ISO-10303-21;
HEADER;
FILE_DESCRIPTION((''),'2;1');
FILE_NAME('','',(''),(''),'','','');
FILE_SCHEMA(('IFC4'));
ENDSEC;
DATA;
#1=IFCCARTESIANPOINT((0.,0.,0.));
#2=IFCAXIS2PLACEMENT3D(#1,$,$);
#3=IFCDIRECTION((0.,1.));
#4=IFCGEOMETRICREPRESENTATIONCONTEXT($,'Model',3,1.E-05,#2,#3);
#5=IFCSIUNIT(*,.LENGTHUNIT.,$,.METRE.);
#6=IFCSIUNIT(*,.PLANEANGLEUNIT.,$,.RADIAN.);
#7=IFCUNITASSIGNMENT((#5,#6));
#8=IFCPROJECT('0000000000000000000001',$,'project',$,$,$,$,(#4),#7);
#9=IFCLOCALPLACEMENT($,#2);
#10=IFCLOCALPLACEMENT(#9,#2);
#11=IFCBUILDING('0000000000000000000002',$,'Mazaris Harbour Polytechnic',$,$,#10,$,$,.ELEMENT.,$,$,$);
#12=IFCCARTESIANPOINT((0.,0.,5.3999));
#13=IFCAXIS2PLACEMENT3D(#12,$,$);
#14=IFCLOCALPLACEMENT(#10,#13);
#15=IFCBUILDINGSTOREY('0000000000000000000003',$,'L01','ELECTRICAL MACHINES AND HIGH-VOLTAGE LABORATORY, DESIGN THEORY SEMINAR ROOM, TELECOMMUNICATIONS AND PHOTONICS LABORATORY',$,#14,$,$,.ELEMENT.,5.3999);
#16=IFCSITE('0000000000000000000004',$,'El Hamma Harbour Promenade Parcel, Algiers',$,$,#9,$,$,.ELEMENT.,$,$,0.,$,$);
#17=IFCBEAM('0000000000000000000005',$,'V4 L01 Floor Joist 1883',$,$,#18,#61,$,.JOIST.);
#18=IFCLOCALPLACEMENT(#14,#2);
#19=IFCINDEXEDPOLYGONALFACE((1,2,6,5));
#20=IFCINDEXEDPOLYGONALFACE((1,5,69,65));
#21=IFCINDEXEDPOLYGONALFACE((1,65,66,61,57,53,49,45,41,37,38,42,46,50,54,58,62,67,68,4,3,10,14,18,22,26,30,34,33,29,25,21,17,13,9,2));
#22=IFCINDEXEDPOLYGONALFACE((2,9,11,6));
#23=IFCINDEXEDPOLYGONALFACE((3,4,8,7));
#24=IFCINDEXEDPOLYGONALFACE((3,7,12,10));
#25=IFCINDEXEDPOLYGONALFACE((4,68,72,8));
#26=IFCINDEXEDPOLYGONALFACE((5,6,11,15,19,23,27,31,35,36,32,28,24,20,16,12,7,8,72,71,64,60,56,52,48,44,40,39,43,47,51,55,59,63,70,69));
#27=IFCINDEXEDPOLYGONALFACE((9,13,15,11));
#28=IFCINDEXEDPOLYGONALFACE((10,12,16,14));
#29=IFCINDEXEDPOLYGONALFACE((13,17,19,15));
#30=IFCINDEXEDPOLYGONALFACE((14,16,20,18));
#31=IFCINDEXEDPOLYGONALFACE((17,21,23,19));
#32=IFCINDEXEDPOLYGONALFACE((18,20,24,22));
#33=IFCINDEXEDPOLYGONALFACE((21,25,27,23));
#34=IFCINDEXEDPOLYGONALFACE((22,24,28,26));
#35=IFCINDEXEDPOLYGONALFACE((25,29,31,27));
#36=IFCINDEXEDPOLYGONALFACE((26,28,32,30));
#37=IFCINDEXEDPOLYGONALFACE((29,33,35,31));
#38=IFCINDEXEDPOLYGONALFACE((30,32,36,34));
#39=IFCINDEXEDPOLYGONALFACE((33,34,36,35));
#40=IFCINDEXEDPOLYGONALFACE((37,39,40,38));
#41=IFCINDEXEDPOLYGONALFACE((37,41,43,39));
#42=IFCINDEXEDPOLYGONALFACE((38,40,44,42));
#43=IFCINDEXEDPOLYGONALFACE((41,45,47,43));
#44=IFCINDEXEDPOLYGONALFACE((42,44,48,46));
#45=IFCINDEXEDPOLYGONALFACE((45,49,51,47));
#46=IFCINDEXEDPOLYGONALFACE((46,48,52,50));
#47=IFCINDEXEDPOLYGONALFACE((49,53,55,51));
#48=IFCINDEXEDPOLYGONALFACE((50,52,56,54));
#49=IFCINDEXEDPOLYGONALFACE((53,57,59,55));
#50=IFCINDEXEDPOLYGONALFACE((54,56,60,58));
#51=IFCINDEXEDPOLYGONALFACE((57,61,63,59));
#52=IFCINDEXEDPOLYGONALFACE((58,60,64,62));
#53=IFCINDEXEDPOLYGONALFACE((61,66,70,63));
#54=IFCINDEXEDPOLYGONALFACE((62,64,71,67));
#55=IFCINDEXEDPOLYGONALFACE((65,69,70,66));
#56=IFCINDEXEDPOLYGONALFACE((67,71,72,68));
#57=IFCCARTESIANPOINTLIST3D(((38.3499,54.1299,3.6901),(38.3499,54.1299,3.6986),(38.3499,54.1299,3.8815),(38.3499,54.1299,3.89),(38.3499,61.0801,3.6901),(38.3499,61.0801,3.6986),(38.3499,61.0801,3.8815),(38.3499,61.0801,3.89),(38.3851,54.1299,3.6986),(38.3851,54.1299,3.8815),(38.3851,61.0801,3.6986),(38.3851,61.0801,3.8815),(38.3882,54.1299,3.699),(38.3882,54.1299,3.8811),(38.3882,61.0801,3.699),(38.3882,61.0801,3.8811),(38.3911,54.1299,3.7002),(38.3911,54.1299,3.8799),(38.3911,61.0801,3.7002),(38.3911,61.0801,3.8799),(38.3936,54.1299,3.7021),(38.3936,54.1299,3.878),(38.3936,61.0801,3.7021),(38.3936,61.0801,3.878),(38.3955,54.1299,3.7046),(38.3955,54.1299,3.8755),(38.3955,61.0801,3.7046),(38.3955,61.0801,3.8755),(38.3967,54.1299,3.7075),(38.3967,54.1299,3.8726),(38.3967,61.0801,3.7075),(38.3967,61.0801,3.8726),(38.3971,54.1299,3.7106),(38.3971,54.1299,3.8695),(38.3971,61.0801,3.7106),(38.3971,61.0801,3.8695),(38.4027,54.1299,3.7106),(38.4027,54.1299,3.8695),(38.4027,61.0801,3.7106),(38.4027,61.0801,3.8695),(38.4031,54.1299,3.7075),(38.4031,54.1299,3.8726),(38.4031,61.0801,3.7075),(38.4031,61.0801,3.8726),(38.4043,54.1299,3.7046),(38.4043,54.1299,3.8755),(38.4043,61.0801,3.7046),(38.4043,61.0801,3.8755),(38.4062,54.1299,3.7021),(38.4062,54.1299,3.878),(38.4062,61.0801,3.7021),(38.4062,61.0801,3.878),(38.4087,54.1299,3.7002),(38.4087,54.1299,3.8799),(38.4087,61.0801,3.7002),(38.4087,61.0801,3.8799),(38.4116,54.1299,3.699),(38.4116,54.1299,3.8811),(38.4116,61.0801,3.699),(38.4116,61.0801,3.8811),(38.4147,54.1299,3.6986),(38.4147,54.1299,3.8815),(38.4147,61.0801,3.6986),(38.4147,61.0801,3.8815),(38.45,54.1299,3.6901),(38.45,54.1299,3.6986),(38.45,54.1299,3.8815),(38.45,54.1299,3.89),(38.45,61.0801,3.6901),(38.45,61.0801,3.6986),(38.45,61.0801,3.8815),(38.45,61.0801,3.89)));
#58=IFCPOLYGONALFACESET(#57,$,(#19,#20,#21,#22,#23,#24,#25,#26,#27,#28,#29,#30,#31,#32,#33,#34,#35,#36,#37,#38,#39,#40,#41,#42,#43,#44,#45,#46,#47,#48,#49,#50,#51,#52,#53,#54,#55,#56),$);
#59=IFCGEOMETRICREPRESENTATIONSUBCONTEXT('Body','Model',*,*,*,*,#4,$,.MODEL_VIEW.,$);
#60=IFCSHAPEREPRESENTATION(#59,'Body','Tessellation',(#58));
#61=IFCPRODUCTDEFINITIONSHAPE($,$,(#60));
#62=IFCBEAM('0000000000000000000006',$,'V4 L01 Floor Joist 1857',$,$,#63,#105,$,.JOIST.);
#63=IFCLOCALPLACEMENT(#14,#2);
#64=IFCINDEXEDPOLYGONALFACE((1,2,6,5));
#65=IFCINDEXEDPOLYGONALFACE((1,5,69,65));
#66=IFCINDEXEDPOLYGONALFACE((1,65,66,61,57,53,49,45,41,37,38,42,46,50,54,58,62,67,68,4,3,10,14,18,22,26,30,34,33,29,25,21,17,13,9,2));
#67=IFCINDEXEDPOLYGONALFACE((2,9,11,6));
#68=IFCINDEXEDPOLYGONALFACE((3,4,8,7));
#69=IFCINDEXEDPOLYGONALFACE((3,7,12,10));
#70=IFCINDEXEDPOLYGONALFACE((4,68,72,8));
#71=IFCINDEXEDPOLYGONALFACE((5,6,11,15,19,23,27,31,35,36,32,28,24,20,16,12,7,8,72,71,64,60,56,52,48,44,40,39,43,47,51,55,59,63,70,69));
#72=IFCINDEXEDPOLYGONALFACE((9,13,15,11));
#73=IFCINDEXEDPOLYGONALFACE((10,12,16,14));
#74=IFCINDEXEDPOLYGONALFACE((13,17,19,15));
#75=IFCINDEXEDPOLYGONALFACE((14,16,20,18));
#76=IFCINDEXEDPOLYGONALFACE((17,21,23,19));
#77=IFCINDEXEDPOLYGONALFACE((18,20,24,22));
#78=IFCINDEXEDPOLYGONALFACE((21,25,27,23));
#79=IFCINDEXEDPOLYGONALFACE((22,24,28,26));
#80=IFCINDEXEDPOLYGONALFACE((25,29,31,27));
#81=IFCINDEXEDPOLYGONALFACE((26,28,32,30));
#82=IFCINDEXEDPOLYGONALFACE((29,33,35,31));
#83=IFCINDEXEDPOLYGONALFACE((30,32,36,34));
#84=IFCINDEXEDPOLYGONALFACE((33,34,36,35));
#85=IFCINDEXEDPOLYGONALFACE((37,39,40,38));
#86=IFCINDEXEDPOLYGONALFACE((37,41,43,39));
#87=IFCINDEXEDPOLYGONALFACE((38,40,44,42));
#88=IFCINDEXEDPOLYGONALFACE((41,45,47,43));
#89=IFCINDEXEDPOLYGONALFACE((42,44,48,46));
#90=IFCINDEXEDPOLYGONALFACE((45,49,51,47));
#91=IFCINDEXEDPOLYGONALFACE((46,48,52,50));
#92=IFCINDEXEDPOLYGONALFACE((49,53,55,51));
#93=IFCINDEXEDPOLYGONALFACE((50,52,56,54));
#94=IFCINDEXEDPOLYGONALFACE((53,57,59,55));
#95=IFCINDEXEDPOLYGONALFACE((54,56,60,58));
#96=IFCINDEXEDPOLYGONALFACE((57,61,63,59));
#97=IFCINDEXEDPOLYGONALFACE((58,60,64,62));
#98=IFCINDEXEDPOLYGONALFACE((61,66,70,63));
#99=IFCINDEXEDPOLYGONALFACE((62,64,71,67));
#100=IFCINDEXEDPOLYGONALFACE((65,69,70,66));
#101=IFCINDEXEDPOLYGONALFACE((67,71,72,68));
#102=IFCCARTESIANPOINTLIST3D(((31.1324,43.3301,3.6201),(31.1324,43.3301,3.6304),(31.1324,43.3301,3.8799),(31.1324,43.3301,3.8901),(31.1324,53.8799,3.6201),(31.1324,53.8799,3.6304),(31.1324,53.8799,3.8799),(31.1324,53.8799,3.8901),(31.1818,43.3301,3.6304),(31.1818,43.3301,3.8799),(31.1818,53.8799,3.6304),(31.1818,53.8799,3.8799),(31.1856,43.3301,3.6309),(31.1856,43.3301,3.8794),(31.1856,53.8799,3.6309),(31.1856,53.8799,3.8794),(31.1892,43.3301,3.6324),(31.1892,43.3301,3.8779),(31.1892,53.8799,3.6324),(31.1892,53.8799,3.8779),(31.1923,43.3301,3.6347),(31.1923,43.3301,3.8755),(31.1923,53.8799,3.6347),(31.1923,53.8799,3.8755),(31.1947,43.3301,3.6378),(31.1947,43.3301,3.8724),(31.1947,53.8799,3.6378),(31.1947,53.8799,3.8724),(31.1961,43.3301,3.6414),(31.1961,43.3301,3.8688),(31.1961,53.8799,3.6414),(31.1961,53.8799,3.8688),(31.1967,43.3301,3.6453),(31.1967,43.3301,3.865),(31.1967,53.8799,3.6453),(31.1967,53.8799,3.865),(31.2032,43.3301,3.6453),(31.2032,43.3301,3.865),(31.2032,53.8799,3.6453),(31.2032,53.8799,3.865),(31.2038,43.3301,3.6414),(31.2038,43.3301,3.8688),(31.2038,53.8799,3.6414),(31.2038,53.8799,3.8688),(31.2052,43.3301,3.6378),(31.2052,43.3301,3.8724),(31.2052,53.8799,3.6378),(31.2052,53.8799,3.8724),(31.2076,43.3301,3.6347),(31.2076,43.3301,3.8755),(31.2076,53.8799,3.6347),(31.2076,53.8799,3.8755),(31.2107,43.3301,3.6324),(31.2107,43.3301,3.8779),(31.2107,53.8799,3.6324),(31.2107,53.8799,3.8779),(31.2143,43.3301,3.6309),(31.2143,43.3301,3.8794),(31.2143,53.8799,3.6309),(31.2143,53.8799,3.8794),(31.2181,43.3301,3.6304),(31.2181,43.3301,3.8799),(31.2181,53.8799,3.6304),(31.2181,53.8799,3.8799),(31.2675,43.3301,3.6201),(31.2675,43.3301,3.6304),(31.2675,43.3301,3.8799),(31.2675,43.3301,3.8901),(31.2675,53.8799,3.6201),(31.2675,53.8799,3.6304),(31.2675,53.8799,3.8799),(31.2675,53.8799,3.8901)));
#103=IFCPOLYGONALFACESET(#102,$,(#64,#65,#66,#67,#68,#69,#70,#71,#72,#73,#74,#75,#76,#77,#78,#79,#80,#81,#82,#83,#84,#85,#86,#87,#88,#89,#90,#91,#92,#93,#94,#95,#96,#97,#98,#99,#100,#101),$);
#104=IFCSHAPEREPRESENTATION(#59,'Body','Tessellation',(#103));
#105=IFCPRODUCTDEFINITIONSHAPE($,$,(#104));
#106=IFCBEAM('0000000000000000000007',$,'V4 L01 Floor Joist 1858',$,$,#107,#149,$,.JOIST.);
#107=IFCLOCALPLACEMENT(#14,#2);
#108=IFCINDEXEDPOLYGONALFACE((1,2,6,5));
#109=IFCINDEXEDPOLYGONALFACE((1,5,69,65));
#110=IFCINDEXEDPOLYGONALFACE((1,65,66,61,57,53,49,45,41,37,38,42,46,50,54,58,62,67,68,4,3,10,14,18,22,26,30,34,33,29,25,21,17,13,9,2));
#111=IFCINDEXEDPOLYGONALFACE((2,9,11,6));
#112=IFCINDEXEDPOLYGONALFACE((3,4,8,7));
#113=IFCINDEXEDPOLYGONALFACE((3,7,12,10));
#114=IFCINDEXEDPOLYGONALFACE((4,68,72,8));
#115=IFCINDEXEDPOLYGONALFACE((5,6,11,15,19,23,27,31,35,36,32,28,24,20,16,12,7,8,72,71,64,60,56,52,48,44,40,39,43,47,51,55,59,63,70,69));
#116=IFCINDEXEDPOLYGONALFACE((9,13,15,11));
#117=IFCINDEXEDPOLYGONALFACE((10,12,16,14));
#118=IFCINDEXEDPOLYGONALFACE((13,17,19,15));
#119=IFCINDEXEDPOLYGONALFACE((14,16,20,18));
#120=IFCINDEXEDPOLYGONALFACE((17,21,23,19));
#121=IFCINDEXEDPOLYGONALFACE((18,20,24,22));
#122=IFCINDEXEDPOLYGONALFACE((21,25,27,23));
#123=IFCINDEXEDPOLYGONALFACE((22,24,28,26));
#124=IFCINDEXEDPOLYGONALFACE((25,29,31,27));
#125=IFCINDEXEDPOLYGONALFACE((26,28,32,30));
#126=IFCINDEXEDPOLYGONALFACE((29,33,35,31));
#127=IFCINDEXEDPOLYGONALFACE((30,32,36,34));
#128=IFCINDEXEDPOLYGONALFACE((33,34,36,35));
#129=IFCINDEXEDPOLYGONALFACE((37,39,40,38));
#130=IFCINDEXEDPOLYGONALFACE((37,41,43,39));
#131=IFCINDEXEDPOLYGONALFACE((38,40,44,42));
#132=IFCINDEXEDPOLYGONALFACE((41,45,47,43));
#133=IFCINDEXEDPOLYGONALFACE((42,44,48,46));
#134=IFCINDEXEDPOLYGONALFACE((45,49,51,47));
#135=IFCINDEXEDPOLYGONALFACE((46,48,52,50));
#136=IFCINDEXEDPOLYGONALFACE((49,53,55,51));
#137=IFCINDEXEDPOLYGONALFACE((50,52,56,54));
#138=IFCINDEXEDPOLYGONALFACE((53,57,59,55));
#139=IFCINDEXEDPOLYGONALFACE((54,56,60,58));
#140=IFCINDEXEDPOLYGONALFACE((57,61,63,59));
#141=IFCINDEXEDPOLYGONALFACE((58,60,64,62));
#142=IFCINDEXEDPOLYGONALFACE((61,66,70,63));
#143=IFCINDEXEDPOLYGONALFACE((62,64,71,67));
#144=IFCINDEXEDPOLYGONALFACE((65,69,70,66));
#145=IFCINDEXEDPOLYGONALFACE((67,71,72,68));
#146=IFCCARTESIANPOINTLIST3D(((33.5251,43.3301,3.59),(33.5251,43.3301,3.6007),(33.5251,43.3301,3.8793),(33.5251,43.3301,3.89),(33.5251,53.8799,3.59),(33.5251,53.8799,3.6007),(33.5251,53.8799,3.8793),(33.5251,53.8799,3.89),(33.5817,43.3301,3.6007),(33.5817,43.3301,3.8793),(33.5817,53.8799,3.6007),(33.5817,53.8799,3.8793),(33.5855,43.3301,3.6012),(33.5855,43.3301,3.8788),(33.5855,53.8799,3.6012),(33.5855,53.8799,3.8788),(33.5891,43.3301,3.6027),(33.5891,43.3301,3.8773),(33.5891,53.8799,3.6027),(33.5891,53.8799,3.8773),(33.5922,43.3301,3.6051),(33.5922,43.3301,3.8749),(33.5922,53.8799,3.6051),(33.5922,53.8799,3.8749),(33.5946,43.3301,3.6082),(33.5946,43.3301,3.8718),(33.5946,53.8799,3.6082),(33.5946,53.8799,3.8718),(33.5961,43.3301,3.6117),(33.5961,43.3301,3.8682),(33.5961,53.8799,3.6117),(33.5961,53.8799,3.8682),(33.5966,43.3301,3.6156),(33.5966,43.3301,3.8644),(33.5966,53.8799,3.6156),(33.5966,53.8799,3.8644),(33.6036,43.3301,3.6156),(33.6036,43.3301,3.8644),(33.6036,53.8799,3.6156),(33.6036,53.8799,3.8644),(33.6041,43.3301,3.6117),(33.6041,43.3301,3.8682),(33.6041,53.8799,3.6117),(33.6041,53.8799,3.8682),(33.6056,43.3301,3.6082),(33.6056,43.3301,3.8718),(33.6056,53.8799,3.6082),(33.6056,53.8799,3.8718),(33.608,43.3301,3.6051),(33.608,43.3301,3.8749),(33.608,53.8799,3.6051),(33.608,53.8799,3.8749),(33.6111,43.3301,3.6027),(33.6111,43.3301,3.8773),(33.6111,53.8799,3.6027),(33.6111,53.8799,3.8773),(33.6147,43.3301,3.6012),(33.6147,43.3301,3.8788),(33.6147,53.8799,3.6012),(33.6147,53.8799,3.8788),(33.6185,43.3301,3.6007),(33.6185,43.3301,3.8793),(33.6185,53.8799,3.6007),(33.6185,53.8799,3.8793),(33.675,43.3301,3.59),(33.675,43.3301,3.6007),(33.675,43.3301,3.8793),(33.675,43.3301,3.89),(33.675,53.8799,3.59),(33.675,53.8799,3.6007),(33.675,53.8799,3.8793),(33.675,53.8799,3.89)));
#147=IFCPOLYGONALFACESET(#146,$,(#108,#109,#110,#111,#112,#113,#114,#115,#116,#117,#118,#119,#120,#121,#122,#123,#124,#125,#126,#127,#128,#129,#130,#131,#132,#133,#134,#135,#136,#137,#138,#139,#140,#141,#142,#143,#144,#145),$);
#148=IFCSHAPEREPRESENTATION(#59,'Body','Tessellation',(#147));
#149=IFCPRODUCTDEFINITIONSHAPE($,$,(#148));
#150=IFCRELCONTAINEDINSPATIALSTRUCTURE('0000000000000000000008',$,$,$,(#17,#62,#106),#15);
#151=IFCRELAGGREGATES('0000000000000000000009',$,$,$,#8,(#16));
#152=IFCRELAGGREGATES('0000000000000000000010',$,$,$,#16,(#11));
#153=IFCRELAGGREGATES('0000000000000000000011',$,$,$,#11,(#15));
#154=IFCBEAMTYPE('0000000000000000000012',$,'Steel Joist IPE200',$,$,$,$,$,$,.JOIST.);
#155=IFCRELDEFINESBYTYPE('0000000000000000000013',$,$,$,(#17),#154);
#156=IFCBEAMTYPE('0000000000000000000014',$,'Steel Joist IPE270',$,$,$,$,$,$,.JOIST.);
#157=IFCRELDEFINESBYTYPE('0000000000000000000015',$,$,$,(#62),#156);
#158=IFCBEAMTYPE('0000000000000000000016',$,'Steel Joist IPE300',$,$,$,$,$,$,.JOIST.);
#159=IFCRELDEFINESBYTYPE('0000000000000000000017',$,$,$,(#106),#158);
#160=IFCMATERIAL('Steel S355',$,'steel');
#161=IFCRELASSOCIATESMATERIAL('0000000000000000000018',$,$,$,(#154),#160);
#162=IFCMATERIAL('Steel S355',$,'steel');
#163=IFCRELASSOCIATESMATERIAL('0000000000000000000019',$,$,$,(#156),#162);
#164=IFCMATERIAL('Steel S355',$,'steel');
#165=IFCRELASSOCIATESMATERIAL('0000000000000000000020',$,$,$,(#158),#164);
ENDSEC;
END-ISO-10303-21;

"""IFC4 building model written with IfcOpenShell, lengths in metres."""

from ifc_helpers import new_model, si_unit, direction, frame, origin, origin_2d, place, context, subcontext, project, spatial, i_section, extrude, material, material_profile, profile_set, type_object, element, save


model = new_model("IFC4")

# Units and contexts
model_context = context("Model", 3, precision=1e-05, world=origin(), true_north=direction((0.0, 1.0)))
body_context = subcontext(model_context, "Body", "Model", "MODEL_VIEW")
ifc_project = project(units=[si_unit("LENGTHUNIT", "METRE"), si_unit("PLANEANGLEUNIT", "RADIAN")], contexts=[model_context])

# Site, building, storey
site_placement = place(None, origin())
site = spatial("IfcSite", under=ifc_project, at=site_placement, Name="El Hamma Harbour Promenade Parcel, Algiers", CompositionType="ELEMENT", RefElevation=0.0)
building_placement = place(site_placement, origin())
building = spatial("IfcBuilding", under=site, at=building_placement, Name="Mazaris Harbour Polytechnic", CompositionType="ELEMENT")
storey_placement = place(building_placement, frame((0.0, 0.0, 5.3999)))
storey = spatial("IfcBuildingStorey", under=building, at=storey_placement, Name="L01", Description="ELECTRICAL MACHINES AND HIGH-VOLTAGE LABORATORY, DESIGN THEORY SEMINAR ROOM, TELECOMMUNICATIONS AND PHOTONICS LABORATORY", CompositionType="ELEMENT", Elevation=5.3999)

# Beams
ifc_material_1 = material(Name="Steel S355", Category="steel")
ifc_material_profile_1 = material_profile(ifc_material_1, i_section(OverallWidth=0.1001, OverallDepth=0.2, WebThickness=0.0056, FlangeThickness=0.0085, FilletRadius=0.012, at=origin_2d()), Name="IPE 200")
ifc_profile_set_1 = profile_set([ifc_material_profile_1], Name="Steel S355")
beam_type_1 = type_object("IfcBeamType", Name="Steel Joist IPE200", PredefinedType="JOIST", material=ifc_profile_set_1)
beam_1_placement = place(storey_placement, frame((38.3999, 54.1299, 3.79), z_axis=(0.0, 1.0, 0.0), x_axis=(-1.0, 0.0, 0.0)))
element("IfcBeam", 1, at=beam_1_placement, inside=storey, type_object=beam_type_1, Name="V4 L01 Floor Joist 1883", PredefinedType="JOIST", context=body_context, shape_type="SweptSolid", body=[
    extrude(i_section(OverallWidth=0.1001, OverallDepth=0.2, WebThickness=0.0056, FlangeThickness=0.0085, FilletRadius=0.012, at=origin_2d()), origin(), (0.0, 0.0, 1.0), 6.9502),
])
ifc_material_2 = material(Name="Steel S355", Category="steel")
ifc_material_profile_2 = material_profile(ifc_material_2, i_section(OverallWidth=0.135, OverallDepth=0.27, WebThickness=0.0066, FlangeThickness=0.0103, FilletRadius=0.0149, at=origin_2d()), Name="IPE 270")
ifc_profile_set_2 = profile_set([ifc_material_profile_2], Name="Steel S355")
beam_type_2 = type_object("IfcBeamType", Name="Steel Joist IPE270", PredefinedType="JOIST", material=ifc_profile_set_2)
beam_2_placement = place(storey_placement, frame((31.2, 43.3301, 3.7551), z_axis=(0.0, 1.0, 0.0), x_axis=(-1.0, 0.0, 0.0)))
element("IfcBeam", 2, at=beam_2_placement, inside=storey, type_object=beam_type_2, Name="V4 L01 Floor Joist 1857", PredefinedType="JOIST", context=body_context, shape_type="SweptSolid", body=[
    extrude(i_section(OverallWidth=0.135, OverallDepth=0.27, WebThickness=0.0066, FlangeThickness=0.0103, FilletRadius=0.0149, at=origin_2d()), origin(), (0.0, 0.0, 1.0), 10.5498),
])
ifc_material_3 = material(Name="Steel S355", Category="steel")
ifc_material_profile_3 = material_profile(ifc_material_3, i_section(OverallWidth=0.1499, OverallDepth=0.3, WebThickness=0.0071, FlangeThickness=0.0107, FilletRadius=0.0149, at=origin_2d()), Name="IPE 300")
ifc_profile_set_3 = profile_set([ifc_material_profile_3], Name="Steel S355")
beam_type_3 = type_object("IfcBeamType", Name="Steel Joist IPE300", PredefinedType="JOIST", material=ifc_profile_set_3)
beam_3_placement = place(storey_placement, frame((33.6001, 43.3301, 3.74), z_axis=(0.0, 1.0, 0.0), x_axis=(-1.0, 0.0, 0.0)))
element("IfcBeam", 3, at=beam_3_placement, inside=storey, type_object=beam_type_3, Name="V4 L01 Floor Joist 1858", PredefinedType="JOIST", context=body_context, shape_type="SweptSolid", body=[
    extrude(i_section(OverallWidth=0.1499, OverallDepth=0.3, WebThickness=0.0071, FlangeThickness=0.0107, FilletRadius=0.0149, at=origin_2d()), origin(), (0.0, 0.0, 1.0), 10.5498),
])

save(model, "model.ifc")
